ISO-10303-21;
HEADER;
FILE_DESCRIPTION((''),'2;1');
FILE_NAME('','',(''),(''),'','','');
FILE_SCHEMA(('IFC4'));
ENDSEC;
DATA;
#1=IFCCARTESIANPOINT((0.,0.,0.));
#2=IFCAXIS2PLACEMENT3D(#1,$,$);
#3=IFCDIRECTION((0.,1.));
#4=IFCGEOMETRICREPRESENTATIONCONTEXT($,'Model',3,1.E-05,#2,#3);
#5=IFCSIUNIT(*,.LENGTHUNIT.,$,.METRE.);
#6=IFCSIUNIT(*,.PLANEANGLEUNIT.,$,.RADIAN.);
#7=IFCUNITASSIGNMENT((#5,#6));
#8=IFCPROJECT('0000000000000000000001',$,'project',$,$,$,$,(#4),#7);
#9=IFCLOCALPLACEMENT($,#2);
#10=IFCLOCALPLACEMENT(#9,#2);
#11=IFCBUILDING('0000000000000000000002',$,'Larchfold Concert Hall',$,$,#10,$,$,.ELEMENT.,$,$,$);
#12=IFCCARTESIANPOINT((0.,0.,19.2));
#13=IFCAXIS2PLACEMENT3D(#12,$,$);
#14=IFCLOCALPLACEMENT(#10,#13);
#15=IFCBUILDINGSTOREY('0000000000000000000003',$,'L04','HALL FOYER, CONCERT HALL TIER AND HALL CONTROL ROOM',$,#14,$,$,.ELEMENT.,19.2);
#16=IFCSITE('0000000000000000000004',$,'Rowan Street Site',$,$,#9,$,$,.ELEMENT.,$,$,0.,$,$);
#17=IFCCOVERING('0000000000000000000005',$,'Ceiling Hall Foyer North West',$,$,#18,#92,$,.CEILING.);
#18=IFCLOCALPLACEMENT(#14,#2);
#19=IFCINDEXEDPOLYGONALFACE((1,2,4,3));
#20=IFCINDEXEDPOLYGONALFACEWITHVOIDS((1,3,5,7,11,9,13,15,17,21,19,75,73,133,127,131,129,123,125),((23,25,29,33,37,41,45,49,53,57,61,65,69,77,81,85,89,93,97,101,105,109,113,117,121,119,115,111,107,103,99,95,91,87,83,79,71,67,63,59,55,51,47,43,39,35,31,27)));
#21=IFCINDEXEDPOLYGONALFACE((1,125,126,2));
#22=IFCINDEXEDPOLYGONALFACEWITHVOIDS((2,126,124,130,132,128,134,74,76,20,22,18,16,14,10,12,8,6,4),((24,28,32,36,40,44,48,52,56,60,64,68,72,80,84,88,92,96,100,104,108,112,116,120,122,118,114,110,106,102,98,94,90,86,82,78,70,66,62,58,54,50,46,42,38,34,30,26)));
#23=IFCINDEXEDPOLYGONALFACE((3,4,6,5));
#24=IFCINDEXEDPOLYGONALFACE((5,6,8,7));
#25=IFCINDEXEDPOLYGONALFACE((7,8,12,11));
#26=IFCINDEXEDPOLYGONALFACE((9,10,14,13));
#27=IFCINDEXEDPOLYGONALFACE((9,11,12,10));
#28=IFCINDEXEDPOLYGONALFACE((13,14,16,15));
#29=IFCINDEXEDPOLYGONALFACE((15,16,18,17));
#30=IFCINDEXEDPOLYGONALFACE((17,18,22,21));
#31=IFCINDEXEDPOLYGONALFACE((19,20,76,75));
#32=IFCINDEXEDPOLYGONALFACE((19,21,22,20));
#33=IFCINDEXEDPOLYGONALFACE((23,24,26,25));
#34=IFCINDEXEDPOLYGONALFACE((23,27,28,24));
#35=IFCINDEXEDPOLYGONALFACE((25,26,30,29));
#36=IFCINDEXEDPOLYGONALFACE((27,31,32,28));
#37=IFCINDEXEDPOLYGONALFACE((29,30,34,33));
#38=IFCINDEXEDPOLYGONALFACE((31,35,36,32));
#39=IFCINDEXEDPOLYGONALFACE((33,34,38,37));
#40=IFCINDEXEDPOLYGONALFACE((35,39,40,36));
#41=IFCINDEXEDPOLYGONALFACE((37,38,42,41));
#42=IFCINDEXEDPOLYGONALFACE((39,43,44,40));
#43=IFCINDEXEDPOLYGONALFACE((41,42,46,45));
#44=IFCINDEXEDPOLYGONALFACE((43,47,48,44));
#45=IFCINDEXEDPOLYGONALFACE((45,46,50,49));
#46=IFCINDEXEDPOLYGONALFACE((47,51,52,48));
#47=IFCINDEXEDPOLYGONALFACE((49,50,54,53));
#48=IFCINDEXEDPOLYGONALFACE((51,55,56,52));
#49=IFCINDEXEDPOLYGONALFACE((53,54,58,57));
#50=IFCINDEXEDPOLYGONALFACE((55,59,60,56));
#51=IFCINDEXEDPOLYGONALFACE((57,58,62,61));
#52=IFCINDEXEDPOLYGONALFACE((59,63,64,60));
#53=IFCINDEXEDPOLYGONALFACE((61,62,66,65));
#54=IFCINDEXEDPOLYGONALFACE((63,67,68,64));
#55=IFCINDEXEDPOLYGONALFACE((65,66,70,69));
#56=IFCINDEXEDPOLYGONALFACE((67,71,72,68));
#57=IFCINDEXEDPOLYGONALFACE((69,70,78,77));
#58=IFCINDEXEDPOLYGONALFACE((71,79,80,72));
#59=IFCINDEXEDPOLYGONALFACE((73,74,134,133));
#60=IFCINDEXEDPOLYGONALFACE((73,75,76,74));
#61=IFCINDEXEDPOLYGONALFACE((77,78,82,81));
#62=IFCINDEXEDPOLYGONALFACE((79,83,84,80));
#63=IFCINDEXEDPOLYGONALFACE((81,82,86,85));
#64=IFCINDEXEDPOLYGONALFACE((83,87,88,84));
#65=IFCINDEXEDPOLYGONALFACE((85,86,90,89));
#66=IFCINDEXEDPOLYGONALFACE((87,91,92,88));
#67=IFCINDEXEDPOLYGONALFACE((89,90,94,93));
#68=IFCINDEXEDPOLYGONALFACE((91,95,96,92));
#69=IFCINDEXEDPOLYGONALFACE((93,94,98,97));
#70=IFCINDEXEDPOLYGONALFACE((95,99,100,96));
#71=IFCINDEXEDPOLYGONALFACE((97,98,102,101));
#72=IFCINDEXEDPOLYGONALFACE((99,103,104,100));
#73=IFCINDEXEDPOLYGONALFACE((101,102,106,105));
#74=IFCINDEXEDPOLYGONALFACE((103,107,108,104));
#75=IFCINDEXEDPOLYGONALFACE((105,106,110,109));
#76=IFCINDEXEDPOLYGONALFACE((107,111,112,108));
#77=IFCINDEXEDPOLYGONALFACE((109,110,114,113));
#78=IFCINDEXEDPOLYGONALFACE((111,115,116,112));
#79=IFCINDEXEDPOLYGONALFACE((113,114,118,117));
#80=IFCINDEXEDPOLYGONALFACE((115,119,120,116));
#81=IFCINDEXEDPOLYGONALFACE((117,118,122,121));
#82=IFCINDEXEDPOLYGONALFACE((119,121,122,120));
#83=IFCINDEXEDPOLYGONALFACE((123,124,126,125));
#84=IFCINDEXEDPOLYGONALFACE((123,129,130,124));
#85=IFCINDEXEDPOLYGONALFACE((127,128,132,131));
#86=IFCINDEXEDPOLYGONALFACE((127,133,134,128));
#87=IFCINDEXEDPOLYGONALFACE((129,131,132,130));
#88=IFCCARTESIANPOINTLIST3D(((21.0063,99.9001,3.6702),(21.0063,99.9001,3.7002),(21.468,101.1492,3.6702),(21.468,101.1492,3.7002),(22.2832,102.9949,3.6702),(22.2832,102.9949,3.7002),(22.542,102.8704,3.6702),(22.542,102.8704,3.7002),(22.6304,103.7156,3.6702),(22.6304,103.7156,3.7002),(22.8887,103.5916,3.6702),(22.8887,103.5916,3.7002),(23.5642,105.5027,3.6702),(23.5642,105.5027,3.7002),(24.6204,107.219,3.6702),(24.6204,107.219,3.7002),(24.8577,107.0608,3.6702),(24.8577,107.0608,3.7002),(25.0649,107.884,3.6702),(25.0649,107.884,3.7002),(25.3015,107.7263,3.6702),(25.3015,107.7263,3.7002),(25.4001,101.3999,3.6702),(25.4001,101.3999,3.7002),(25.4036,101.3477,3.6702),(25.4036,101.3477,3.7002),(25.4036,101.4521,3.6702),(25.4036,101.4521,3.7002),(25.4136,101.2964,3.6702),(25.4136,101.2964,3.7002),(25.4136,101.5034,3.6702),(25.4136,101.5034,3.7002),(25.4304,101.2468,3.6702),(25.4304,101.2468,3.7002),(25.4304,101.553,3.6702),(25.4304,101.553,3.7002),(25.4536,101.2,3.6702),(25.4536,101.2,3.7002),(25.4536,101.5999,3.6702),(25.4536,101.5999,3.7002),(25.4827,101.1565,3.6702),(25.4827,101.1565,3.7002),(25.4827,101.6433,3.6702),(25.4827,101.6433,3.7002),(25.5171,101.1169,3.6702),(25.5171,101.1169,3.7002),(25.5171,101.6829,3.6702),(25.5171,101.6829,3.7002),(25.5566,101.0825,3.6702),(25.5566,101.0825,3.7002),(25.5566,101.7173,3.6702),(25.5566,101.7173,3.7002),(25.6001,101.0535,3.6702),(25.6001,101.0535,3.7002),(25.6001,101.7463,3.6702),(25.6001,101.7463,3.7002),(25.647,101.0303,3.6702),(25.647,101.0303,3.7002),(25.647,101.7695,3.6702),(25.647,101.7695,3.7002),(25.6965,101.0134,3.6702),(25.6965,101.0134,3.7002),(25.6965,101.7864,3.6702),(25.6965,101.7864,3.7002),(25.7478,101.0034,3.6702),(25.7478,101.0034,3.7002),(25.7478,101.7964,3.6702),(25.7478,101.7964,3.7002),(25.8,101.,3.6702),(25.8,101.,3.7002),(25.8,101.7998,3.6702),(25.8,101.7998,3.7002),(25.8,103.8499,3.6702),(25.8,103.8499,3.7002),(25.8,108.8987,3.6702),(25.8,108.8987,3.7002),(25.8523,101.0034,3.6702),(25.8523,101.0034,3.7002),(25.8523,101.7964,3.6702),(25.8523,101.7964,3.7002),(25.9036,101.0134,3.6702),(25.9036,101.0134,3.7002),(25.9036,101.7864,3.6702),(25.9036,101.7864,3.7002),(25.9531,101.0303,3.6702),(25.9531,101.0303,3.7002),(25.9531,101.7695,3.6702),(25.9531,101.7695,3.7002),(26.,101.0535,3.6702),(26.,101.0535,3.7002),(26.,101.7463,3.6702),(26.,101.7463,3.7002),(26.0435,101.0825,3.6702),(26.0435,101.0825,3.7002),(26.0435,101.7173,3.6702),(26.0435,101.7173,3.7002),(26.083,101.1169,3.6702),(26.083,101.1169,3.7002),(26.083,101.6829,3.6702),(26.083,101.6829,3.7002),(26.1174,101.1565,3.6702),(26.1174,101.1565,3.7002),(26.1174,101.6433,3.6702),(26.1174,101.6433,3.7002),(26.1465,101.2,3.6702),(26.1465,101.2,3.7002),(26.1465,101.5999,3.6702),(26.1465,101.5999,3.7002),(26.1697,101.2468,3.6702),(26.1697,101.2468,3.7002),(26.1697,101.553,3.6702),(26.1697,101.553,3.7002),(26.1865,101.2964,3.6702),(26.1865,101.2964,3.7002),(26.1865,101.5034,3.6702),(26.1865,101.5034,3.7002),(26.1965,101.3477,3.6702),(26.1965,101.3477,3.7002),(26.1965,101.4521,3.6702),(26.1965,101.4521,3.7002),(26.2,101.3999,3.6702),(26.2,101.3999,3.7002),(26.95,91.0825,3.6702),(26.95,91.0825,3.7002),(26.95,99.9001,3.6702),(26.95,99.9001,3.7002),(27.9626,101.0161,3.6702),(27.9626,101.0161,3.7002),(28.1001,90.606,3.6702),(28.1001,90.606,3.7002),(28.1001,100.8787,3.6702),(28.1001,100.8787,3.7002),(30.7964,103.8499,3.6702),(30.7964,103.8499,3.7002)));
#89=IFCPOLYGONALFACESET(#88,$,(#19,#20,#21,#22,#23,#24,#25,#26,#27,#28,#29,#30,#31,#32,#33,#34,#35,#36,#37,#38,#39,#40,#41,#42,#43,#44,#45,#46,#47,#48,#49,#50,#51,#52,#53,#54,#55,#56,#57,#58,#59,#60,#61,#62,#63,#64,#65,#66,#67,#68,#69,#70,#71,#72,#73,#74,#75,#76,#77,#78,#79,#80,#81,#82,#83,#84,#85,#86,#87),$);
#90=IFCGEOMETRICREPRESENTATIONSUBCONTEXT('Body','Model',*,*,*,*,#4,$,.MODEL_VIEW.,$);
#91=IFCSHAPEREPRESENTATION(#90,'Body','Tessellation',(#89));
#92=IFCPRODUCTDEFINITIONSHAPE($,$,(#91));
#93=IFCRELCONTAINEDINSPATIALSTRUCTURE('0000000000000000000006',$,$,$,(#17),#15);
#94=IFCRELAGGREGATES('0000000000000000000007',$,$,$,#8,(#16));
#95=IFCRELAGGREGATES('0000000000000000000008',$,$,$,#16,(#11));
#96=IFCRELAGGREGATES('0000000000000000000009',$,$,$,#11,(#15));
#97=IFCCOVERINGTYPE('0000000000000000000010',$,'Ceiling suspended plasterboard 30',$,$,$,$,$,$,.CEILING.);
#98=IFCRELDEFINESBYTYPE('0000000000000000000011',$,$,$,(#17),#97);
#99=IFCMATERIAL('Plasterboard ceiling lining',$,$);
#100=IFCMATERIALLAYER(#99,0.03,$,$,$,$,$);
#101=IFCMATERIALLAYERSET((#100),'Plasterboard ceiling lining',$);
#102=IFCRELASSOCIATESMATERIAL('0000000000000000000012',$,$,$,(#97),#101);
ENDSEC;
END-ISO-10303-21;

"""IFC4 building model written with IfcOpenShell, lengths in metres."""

from ifc_helpers import new_model, si_unit, direction, frame, origin, place, context, subcontext, project, spatial, polyline, outline, extrude, material, layer, layer_set, type_object, element, save


model = new_model("IFC4")

# Units and contexts
model_context = context("Model", 3, precision=1e-05, world=origin(), true_north=direction((0.0, 1.0)))
body_context = subcontext(model_context, "Body", "Model", "MODEL_VIEW")
ifc_project = project(units=[si_unit("LENGTHUNIT", "METRE"), si_unit("PLANEANGLEUNIT", "RADIAN")], contexts=[model_context])

# Site, building, storey
site_placement = place(None, origin())
site = spatial("IfcSite", under=ifc_project, at=site_placement, Name="Rowan Street Site", CompositionType="ELEMENT", RefElevation=0.0)
building_placement = place(site_placement, origin())
building = spatial("IfcBuilding", under=site, at=building_placement, Name="Larchfold Concert Hall", CompositionType="ELEMENT")
storey_placement = place(building_placement, frame((0.0, 0.0, 19.2)))
storey = spatial("IfcBuildingStorey", under=building, at=storey_placement, Name="L04", Description="HALL FOYER, CONCERT HALL TIER AND HALL CONTROL ROOM", CompositionType="ELEMENT", Elevation=19.2)

# Covering
ifc_material_1 = material(Name="Plasterboard ceiling lining")
ifc_layer_1 = layer(ifc_material_1, 0.03)
ifc_layer_set_1 = layer_set([ifc_layer_1], Name="Plasterboard ceiling lining")
covering_type_1 = type_object("IfcCoveringType", Name="Ceiling suspended plasterboard 30", PredefinedType="CEILING", material=ifc_layer_set_1)
covering_1_placement = place(storey_placement, frame((0.0, 0.0, 3.6702)))
element("IfcCovering", 1, at=covering_1_placement, inside=storey, type_object=covering_type_1, Name="Ceiling Hall Foyer North West", PredefinedType="CEILING", context=body_context, shape_type="SweptSolid", body=[
    extrude(outline(polyline([(26.95, 99.9001), (26.95, 91.0825), (28.1001, 90.606), (28.1001, 100.8787), (27.9626, 101.0161), (30.7964, 103.8499), (25.8, 103.8499), (25.8, 108.8987), (25.0649, 107.884), (25.3015, 107.7263), (24.8577, 107.0608), (24.6204, 107.219), (23.5642, 105.5027), (22.6304, 103.7156), (22.8887, 103.5916), (22.542, 102.8704), (22.2832, 102.9949), (21.468, 101.1492), (21.0063, 99.9001), (26.95, 99.9001)]), holes=[polyline([(25.6965, 101.0134), (25.647, 101.0303), (25.6001, 101.0535), (25.5566, 101.0825), (25.5171, 101.1169), (25.4827, 101.1565), (25.4536, 101.2), (25.4304, 101.2468), (25.4136, 101.2964), (25.4036, 101.3477), (25.4001, 101.3999), (25.4036, 101.4521), (25.4136, 101.5034), (25.4304, 101.553), (25.4536, 101.5999), (25.4827, 101.6433), (25.5171, 101.6829), (25.5566, 101.7173), (25.6001, 101.7463), (25.647, 101.7695), (25.6965, 101.7864), (25.7478, 101.7964), (25.8, 101.7998), (25.8523, 101.7964), (25.9036, 101.7864), (25.9531, 101.7695), (26.0, 101.7463), (26.0435, 101.7173), (26.083, 101.6829), (26.1174, 101.6433), (26.1465, 101.5999), (26.1697, 101.553), (26.1865, 101.5034), (26.1965, 101.4521), (26.2, 101.3999), (26.1965, 101.3477), (26.1865, 101.2964), (26.1697, 101.2468), (26.1465, 101.2), (26.1174, 101.1565), (26.083, 101.1169), (26.0435, 101.0825), (26.0, 101.0535), (25.9531, 101.0303), (25.9036, 101.0134), (25.8523, 101.0034), (25.8, 101.0), (25.7478, 101.0034), (25.6965, 101.0134)])]), origin(), (0.0, 0.0, 1.0), 0.03),
])

save(model, "model.ifc")
